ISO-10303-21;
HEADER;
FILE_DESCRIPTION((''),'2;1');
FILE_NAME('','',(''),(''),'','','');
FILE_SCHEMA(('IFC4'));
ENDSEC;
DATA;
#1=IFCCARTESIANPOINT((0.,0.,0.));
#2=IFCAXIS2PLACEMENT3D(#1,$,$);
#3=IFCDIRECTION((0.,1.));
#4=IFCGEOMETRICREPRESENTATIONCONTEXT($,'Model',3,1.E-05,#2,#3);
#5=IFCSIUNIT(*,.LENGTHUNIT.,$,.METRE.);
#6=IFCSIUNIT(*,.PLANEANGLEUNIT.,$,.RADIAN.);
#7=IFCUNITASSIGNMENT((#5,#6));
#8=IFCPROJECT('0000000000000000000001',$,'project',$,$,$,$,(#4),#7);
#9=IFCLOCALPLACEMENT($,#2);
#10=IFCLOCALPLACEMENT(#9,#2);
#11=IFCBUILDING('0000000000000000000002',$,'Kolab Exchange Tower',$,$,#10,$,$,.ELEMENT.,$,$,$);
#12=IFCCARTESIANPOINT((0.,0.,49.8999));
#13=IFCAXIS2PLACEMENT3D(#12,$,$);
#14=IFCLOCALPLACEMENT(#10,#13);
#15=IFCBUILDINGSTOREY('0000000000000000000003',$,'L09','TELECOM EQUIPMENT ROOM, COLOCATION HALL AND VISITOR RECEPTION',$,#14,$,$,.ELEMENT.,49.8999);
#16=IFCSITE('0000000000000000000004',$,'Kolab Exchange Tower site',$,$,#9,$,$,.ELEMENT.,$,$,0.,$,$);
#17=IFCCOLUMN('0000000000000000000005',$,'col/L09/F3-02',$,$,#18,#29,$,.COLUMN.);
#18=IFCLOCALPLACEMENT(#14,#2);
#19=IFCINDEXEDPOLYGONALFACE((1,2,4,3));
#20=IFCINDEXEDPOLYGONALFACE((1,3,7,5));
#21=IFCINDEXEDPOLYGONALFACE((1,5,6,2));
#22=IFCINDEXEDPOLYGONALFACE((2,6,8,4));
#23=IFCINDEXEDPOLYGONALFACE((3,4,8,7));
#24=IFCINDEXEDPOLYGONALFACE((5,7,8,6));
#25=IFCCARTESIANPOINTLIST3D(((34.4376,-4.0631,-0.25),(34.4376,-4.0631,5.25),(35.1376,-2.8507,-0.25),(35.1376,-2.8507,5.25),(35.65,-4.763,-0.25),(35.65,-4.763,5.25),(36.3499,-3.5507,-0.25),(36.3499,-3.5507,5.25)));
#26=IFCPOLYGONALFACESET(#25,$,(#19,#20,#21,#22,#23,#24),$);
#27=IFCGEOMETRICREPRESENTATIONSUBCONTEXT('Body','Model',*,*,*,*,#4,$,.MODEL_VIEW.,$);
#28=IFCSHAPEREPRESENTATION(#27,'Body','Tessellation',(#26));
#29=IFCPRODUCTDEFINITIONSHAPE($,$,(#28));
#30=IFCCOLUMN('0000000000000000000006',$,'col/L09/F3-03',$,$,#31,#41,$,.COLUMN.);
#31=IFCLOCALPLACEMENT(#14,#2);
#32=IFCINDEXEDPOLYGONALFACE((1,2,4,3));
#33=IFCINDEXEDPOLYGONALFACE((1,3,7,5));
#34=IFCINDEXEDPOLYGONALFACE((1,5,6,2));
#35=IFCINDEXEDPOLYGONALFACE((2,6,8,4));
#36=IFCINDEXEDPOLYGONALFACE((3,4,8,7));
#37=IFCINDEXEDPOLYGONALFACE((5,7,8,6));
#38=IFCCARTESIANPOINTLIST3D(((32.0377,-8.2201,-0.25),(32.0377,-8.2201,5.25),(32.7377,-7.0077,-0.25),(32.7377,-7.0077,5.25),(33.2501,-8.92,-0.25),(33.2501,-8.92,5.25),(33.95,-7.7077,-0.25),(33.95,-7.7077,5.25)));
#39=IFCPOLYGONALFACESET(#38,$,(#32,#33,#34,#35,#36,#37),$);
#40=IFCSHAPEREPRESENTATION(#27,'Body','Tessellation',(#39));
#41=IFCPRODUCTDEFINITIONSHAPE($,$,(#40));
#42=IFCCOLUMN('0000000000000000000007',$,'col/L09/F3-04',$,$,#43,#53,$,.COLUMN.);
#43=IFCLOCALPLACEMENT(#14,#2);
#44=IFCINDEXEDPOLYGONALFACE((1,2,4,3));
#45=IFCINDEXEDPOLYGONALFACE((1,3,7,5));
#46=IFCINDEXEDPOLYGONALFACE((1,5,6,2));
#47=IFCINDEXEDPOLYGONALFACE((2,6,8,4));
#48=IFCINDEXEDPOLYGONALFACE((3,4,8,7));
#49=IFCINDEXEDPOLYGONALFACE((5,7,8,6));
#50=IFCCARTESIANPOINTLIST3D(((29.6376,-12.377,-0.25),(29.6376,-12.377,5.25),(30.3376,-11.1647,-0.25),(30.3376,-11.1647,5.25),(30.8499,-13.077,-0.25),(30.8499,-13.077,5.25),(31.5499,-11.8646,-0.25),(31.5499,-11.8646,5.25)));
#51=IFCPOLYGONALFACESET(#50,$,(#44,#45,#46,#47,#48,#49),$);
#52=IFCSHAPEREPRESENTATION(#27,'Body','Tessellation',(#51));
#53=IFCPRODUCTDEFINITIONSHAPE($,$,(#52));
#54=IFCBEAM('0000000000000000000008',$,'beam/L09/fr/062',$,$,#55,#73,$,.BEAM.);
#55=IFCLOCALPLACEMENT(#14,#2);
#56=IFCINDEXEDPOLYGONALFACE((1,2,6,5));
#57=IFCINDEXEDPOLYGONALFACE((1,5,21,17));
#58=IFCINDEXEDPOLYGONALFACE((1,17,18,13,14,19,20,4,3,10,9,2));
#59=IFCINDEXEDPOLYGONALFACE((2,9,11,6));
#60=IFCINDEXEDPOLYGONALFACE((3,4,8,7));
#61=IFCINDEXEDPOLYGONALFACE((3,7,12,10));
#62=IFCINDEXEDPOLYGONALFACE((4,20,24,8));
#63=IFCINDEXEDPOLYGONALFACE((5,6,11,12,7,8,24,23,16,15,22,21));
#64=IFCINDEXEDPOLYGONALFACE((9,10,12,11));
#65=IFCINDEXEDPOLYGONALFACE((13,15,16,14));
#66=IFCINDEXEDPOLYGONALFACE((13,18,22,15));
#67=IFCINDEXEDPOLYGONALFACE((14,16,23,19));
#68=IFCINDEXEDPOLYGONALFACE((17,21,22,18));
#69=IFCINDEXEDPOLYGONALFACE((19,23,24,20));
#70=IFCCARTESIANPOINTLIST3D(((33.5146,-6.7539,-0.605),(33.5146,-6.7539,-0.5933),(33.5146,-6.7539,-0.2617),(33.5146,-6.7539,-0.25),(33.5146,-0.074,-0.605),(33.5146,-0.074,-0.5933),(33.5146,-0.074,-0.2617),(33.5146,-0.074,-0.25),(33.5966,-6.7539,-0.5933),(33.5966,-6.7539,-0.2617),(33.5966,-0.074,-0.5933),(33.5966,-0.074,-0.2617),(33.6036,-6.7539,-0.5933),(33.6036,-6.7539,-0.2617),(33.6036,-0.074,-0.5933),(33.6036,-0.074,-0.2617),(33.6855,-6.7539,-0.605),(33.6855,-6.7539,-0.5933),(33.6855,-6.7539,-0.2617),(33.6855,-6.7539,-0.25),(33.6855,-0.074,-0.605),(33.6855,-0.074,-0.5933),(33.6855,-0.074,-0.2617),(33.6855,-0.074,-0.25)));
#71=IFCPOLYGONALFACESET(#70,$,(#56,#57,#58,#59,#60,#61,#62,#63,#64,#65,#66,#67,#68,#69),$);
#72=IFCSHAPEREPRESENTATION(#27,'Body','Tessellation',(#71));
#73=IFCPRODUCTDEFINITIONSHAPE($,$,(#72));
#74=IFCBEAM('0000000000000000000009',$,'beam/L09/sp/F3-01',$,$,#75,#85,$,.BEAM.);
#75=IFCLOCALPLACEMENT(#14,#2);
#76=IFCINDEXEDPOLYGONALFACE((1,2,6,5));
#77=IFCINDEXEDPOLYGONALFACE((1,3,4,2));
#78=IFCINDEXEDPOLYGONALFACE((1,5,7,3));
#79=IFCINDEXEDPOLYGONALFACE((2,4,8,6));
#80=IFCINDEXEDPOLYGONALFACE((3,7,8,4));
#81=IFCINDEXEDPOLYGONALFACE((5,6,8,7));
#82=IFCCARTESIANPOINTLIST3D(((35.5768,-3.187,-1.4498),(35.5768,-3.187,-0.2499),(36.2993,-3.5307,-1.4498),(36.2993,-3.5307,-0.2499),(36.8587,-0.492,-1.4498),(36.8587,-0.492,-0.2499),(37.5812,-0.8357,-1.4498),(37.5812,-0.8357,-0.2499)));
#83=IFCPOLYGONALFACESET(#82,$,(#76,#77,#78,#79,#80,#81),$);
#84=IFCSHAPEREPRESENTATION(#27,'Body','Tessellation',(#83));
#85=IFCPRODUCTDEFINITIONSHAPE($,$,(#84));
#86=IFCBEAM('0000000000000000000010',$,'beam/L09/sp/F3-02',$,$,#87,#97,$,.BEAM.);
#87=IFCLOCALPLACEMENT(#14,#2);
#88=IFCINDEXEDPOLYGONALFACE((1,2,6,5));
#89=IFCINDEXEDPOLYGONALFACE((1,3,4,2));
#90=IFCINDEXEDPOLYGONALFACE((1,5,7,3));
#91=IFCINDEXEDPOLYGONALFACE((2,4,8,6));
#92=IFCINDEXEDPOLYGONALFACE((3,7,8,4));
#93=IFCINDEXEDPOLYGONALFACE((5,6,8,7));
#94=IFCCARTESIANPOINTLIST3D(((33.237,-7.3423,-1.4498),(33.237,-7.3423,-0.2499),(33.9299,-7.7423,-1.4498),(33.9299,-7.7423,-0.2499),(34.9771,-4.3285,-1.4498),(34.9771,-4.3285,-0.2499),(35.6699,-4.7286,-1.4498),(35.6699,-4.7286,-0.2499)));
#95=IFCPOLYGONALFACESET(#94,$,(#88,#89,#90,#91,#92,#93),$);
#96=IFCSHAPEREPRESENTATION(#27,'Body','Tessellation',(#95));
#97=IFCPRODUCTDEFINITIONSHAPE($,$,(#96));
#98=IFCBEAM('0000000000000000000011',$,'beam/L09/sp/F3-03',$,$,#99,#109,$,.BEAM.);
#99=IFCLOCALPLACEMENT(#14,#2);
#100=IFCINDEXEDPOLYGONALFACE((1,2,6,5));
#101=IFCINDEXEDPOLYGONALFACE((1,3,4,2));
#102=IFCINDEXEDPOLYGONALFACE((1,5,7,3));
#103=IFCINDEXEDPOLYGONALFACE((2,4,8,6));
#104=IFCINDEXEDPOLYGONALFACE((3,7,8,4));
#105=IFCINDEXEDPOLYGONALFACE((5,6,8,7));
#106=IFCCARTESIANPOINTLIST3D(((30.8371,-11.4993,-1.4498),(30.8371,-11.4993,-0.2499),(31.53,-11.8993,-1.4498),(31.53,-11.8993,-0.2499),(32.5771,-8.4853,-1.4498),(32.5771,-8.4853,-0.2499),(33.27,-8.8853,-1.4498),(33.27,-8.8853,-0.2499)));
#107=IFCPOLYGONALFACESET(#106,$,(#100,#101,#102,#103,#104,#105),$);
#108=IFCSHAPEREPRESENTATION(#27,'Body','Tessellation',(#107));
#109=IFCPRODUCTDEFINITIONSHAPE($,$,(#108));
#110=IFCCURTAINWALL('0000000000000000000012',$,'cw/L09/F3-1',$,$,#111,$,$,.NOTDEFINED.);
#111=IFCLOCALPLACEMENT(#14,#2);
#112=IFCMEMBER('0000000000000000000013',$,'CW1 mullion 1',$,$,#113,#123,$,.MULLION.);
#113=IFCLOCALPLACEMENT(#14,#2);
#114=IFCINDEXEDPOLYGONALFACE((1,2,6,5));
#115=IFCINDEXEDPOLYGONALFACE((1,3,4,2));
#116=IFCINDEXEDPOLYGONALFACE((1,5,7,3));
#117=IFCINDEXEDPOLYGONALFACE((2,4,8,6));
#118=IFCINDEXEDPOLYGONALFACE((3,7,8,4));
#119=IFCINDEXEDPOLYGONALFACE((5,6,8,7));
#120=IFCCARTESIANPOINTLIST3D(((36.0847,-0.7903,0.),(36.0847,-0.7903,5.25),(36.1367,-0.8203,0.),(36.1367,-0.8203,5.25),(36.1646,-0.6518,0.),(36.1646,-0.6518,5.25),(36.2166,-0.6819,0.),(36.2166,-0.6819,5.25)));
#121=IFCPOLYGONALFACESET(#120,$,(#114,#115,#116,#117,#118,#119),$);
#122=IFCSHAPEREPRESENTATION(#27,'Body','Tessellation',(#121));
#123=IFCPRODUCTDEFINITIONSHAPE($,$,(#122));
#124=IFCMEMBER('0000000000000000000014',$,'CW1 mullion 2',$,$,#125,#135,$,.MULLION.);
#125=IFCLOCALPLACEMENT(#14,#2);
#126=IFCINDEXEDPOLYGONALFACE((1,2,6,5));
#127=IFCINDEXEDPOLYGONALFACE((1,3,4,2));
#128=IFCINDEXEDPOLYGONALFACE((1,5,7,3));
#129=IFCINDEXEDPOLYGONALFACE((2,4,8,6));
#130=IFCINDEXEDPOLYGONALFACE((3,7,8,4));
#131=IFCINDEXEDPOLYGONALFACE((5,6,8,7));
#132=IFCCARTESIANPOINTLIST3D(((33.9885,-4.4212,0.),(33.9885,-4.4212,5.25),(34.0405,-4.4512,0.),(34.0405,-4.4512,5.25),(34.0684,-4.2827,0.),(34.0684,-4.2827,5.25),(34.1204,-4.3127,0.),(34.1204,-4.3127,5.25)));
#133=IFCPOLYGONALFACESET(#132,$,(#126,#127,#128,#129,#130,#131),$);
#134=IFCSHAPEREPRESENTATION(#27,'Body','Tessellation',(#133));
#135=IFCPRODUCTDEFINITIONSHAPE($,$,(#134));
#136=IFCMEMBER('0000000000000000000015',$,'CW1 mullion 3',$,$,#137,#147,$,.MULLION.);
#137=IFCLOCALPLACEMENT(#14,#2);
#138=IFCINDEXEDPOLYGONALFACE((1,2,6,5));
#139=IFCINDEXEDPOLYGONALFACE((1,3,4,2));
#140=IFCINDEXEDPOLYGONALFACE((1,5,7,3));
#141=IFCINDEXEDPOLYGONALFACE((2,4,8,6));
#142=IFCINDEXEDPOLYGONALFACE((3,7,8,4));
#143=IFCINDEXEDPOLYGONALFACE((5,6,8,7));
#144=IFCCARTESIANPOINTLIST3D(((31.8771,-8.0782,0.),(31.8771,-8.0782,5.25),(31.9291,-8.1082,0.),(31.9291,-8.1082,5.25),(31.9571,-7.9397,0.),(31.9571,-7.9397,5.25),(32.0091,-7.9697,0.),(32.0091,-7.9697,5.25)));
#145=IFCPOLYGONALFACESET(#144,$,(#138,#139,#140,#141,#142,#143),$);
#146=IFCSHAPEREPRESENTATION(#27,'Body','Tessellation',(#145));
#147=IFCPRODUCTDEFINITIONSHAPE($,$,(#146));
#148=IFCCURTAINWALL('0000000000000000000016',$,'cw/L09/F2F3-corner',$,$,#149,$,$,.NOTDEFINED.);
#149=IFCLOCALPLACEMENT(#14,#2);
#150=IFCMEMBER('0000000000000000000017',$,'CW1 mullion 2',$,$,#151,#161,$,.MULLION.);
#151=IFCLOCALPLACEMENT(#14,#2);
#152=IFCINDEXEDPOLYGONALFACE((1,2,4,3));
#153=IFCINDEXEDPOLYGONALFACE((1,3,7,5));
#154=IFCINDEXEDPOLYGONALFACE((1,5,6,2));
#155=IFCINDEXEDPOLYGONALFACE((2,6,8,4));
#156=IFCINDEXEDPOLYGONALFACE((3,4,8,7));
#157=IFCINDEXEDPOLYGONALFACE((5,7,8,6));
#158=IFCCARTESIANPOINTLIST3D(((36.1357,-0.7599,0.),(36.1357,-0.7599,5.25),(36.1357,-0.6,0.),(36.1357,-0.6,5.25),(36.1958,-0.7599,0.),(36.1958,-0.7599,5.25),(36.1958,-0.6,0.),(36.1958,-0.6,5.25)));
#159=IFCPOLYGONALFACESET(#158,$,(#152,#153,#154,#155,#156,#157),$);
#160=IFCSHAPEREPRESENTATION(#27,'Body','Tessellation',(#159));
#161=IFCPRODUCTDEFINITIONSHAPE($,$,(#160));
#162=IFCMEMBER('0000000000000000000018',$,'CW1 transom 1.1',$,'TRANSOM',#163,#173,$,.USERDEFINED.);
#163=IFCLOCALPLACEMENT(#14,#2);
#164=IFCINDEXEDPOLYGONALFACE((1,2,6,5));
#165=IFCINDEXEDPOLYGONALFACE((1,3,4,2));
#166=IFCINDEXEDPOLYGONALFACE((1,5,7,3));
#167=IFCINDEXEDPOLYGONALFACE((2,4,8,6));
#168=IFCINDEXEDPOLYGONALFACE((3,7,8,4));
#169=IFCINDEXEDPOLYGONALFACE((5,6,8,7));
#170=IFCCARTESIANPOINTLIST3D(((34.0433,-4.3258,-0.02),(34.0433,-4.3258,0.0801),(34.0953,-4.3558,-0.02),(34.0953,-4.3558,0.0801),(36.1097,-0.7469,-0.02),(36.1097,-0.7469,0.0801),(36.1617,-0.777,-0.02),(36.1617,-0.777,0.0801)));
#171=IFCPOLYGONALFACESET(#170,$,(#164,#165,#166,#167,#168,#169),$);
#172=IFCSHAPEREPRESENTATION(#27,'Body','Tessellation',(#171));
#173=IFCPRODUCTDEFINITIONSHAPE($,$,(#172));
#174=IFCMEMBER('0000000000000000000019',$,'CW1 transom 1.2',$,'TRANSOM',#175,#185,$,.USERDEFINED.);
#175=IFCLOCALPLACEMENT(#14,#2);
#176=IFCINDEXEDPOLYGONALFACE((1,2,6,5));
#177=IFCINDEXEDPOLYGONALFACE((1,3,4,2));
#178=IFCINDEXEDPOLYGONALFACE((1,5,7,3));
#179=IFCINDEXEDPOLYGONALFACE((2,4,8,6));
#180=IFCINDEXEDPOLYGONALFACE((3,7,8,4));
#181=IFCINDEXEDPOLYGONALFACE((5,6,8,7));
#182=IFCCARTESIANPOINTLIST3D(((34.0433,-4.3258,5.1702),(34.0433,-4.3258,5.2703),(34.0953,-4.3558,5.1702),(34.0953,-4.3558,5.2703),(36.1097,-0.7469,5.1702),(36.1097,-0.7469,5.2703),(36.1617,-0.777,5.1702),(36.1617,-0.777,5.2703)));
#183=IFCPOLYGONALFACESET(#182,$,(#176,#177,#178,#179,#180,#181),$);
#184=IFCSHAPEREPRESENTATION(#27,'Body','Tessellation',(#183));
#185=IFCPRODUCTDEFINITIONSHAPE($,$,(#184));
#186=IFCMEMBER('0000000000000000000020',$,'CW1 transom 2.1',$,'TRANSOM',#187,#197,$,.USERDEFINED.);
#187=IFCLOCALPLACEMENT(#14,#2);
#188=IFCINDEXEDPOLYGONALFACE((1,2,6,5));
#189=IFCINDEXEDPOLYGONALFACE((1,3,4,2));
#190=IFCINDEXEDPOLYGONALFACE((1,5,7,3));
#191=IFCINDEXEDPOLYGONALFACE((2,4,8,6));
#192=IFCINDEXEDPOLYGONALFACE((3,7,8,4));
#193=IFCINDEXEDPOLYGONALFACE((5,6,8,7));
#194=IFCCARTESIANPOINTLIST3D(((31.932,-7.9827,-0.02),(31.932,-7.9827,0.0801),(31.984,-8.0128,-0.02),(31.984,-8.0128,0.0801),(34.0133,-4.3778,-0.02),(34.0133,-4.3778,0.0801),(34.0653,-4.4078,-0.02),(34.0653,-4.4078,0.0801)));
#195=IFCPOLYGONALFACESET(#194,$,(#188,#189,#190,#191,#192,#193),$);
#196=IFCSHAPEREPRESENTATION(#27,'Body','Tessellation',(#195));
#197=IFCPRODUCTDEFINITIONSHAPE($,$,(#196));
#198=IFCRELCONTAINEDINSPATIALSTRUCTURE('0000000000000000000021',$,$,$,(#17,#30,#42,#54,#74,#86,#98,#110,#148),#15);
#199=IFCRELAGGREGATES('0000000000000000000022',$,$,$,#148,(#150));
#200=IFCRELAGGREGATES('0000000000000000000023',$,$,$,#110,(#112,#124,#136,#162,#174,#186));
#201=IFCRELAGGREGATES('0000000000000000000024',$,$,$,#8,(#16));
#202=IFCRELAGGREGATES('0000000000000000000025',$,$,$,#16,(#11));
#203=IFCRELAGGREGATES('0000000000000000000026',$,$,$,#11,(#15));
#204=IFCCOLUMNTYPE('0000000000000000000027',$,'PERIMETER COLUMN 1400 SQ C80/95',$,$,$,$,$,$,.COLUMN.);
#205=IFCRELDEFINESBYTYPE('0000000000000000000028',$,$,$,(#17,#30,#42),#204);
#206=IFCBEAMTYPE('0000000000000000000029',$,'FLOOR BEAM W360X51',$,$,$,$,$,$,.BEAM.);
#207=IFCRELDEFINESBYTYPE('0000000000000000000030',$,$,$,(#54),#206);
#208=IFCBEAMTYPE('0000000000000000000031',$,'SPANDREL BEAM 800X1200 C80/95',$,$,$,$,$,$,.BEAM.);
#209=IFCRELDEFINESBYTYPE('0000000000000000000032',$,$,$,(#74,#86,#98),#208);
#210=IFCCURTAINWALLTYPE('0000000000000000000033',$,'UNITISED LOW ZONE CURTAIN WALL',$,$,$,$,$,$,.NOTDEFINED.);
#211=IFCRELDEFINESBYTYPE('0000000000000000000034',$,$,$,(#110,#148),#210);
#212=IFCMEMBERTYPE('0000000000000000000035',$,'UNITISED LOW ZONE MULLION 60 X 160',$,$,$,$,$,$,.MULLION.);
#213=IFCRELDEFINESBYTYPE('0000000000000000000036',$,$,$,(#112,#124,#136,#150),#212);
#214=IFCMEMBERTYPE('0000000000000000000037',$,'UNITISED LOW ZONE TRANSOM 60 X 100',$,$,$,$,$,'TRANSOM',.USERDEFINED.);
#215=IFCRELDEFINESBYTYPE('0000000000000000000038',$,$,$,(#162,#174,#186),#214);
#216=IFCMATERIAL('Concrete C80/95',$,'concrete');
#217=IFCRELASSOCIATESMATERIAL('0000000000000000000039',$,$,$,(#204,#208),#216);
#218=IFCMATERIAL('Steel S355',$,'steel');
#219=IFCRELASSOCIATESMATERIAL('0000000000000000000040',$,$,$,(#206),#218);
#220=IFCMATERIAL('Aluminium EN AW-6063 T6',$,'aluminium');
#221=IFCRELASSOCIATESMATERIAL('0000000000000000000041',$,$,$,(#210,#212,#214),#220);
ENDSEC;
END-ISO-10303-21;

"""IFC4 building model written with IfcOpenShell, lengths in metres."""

from ifc_helpers import new_model, si_unit, direction, frame, origin, origin_2d, place, context, subcontext, project, spatial, rectangle, i_section, extrude, material, material_profile, profile_set, type_object, element, aggregate, save


model = new_model("IFC4")

# Units and contexts
model_context = context("Model", 3, precision=1e-05, world=origin(), true_north=direction((0.0, 1.0)))
body_context = subcontext(model_context, "Body", "Model", "MODEL_VIEW")
ifc_project = project(units=[si_unit("LENGTHUNIT", "METRE"), si_unit("PLANEANGLEUNIT", "RADIAN")], contexts=[model_context])

# Site, building, storey
site_placement = place(None, origin())
site = spatial("IfcSite", under=ifc_project, at=site_placement, Name="Kolab Exchange Tower site", CompositionType="ELEMENT", RefElevation=0.0)
building_placement = place(site_placement, origin())
building = spatial("IfcBuilding", under=site, at=building_placement, Name="Kolab Exchange Tower", CompositionType="ELEMENT")
storey_placement = place(building_placement, frame((0.0, 0.0, 49.8999)))
storey = spatial("IfcBuildingStorey", under=building, at=storey_placement, Name="L09", Description="TELECOM EQUIPMENT ROOM, COLOCATION HALL AND VISITOR RECEPTION", CompositionType="ELEMENT", Elevation=49.8999)

# Columns
ifc_material_1 = material(Name="Concrete C80/95", Category="concrete")
ifc_material_profile_1 = material_profile(ifc_material_1, rectangle(XDim=1.3999, YDim=1.3999, at=origin_2d()), Name="RC1400")
ifc_profile_set_1 = profile_set([ifc_material_profile_1], Name="Concrete C80/95")
column_type = type_object("IfcColumnType", Name="PERIMETER COLUMN 1400 SQ C80/95", PredefinedType="COLUMN", material=ifc_profile_set_1)
for number, where, z_axis, x_axis, name in (
    (1, (35.3938, -3.8069, -0.25), (0.0, 0.0, 1.0), (0.5, 0.866025, 0.0), "col/L09/F3-02"),
    (2, (32.9939, -7.9639, -0.25), (0.0, 0.0, 1.0), (0.5, 0.866025, 0.0), "col/L09/F3-03"),
    (3, (30.5938, -12.1208, -0.25), (0.0, 0.0, 1.0), (0.5, 0.866025, 0.0), "col/L09/F3-04"),
):
    element("IfcColumn", number, at=place(storey_placement, frame(where, z_axis=z_axis, x_axis=x_axis)), inside=storey, type_object=column_type, Name=name, PredefinedType="COLUMN", context=body_context, shape_type="SweptSolid", body=[
        extrude(rectangle(XDim=1.3999, YDim=1.3999, at=origin_2d()), origin(), (0.0, 0.0, 1.0), 5.5),
    ])

# Beams
ifc_material_2 = material(Name="Steel S355", Category="steel")
ifc_material_profile_2 = material_profile(ifc_material_2, i_section(OverallWidth=0.1709, OverallDepth=0.355, WebThickness=0.0071, FlangeThickness=0.0117, at=origin_2d()), Name="W360X51")
ifc_profile_set_2 = profile_set([ifc_material_profile_2], Name="Steel S355")
beam_type_1 = type_object("IfcBeamType", Name="FLOOR BEAM W360X51", PredefinedType="BEAM", material=ifc_profile_set_2)
beam_1_placement = place(storey_placement, frame((33.6001, -6.7539, -0.4275), z_axis=(0.0, 1.0, 0.0), x_axis=(-1.0, 0.0, 0.0)))
element("IfcBeam", 4, at=beam_1_placement, inside=storey, type_object=beam_type_1, Name="beam/L09/fr/062", PredefinedType="BEAM", context=body_context, shape_type="SweptSolid", body=[
    extrude(i_section(OverallWidth=0.1709, OverallDepth=0.355, WebThickness=0.0071, FlangeThickness=0.0117, at=origin_2d()), origin(), (0.0, 0.0, 1.0), 6.6799),
])
ifc_material_profile_3 = material_profile(ifc_material_1, rectangle(XDim=0.8, YDim=1.2, at=origin_2d()), Name="RC800X1200")
ifc_profile_set_3 = profile_set([ifc_material_profile_3], Name="Concrete C80/95")
beam_type_2 = type_object("IfcBeamType", Name="SPANDREL BEAM 800X1200 C80/95", PredefinedType="BEAM", material=ifc_profile_set_3)
beam_2_placement = place(storey_placement, frame((37.22, -0.6638, -0.8499), z_axis=(-0.429556, -0.90304, 0.0), x_axis=(0.90304, -0.429556, 0.0)))
element("IfcBeam", 5, at=beam_2_placement, inside=storey, type_object=beam_type_2, Name="beam/L09/sp/F3-01", PredefinedType="BEAM", context=body_context, shape_type="SweptSolid", body=[
    extrude(rectangle(XDim=0.8, YDim=1.2, at=origin_2d()), origin(), (0.0, 0.0, 1.0), 2.9844),
])
beam_3_placement = place(storey_placement, frame((35.3235, -4.5286, -0.8499), z_axis=(-0.50001, -0.86602, 0.0), x_axis=(0.86602, -0.50001, 0.0)))
element("IfcBeam", 6, at=beam_3_placement, inside=storey, type_object=beam_type_2, Name="beam/L09/sp/F3-02", PredefinedType="BEAM", context=body_context, shape_type="SweptSolid", body=[
    extrude(rectangle(XDim=0.8, YDim=1.2, at=origin_2d()), origin(), (0.0, 0.0, 1.0), 3.48),
])
beam_4_placement = place(storey_placement, frame((32.9236, -8.6853, -0.8499), z_axis=(-0.49998, -0.866037, 0.0), x_axis=(0.866037, -0.49998, 0.0)))
element("IfcBeam", 7, at=beam_4_placement, inside=storey, type_object=beam_type_2, Name="beam/L09/sp/F3-03", PredefinedType="BEAM", context=body_context, shape_type="SweptSolid", body=[
    extrude(rectangle(XDim=0.8, YDim=1.2, at=origin_2d()), origin(), (0.0, 0.0, 1.0), 3.4802),
])

# Curtain wall, members
ifc_material_3 = material(Name="Aluminium EN AW-6063 T6", Category="aluminium")
curtain_wall_type = type_object("IfcCurtainWallType", Name="UNITISED LOW ZONE CURTAIN WALL", PredefinedType="NOTDEFINED", material=ifc_material_3)
curtain_wall_1_placement = place(storey_placement, origin())
curtain_wall_1 = element("IfcCurtainWall", 8, at=curtain_wall_1_placement, inside=storey, type_object=curtain_wall_type, Name="cw/L09/F3-1", PredefinedType="NOTDEFINED")
ifc_material_profile_4 = material_profile(ifc_material_3, rectangle(XDim=0.0601, YDim=0.1599, at=origin_2d()), Name="RECT 60X160")
ifc_profile_set_4 = profile_set([ifc_material_profile_4], Name="Aluminium EN AW-6063 T6")
member_type_1 = type_object("IfcMemberType", Name="UNITISED LOW ZONE MULLION 60 X 160", PredefinedType="MULLION", material=ifc_profile_set_4)
member_1_placement = place(storey_placement, frame((36.1506, -0.7361, 0.0), z_axis=(0.0, 0.0, 1.0), x_axis=(0.866025, -0.5, 0.0)))
member_1 = element("IfcMember", 9, at=member_1_placement, type_object=member_type_1, Name="CW1 mullion 1", PredefinedType="MULLION", context=body_context, shape_type="SweptSolid", body=[
    extrude(rectangle(XDim=0.0601, YDim=0.1599, at=origin_2d()), origin(), (0.0, 0.0, 1.0), 5.25),
])
member_2_placement = place(storey_placement, frame((34.0544, -4.3669, 0.0), z_axis=(0.0, 0.0, 1.0), x_axis=(0.866025, -0.5, 0.0)))
member_2 = element("IfcMember", 10, at=member_2_placement, type_object=member_type_1, Name="CW1 mullion 2", PredefinedType="MULLION", context=body_context, shape_type="SweptSolid", body=[
    extrude(rectangle(XDim=0.0601, YDim=0.1599, at=origin_2d()), origin(), (0.0, 0.0, 1.0), 5.25),
])
member_3_placement = place(storey_placement, frame((31.9431, -8.0239, 0.0), z_axis=(0.0, 0.0, 1.0), x_axis=(0.866025, -0.5, 0.0)))
member_3 = element("IfcMember", 11, at=member_3_placement, type_object=member_type_1, Name="CW1 mullion 3", PredefinedType="MULLION", context=body_context, shape_type="SweptSolid", body=[
    extrude(rectangle(XDim=0.0601, YDim=0.1599, at=origin_2d()), origin(), (0.0, 0.0, 1.0), 5.25),
])

# Curtain wall, member
curtain_wall_2_placement = place(storey_placement, origin())
curtain_wall_2 = element("IfcCurtainWall", 12, at=curtain_wall_2_placement, inside=storey, type_object=curtain_wall_type, Name="cw/L09/F2F3-corner", PredefinedType="NOTDEFINED")
member_4_placement = place(storey_placement, frame((36.1658, -0.6799, 0.0), z_axis=(0.0, 0.0, 1.0), x_axis=(1.0, 0.0, 0.0)))
member_4 = element("IfcMember", 13, at=member_4_placement, type_object=member_type_1, Name="CW1 mullion 2", PredefinedType="MULLION", context=body_context, shape_type="SweptSolid", body=[
    extrude(rectangle(XDim=0.0601, YDim=0.1599, at=origin_2d()), origin(), (0.0, 0.0, 1.0), 5.25),
])
aggregate(curtain_wall_2, [member_4])

# Members
ifc_material_profile_5 = material_profile(ifc_material_3, rectangle(XDim=0.0601, YDim=0.1001, at=origin_2d()), Name="RECT 60X100")
ifc_profile_set_5 = profile_set([ifc_material_profile_5], Name="Aluminium EN AW-6063 T6")
member_type_2 = type_object("IfcMemberType", Name="UNITISED LOW ZONE TRANSOM 60 X 100", ElementType="TRANSOM", PredefinedType="USERDEFINED", material=ifc_profile_set_5)
member_5_placement = place(storey_placement, frame((36.1357, -0.762, 0.03), z_axis=(-0.500028, -0.866009, 0.0), x_axis=(0.866009, -0.500028, 0.0)))
member_5 = element("IfcMember", 14, at=member_5_placement, type_object=member_type_2, Name="CW1 transom 1.1", ObjectType="TRANSOM", PredefinedType="USERDEFINED", context=body_context, shape_type="SweptSolid", body=[
    extrude(rectangle(XDim=0.0601, YDim=0.1001, at=origin_2d()), origin(), (0.0, 0.0, 1.0), 4.1326),
])
member_6_placement = place(storey_placement, frame((36.1357, -0.762, 5.2202), z_axis=(-0.500028, -0.866009, 0.0), x_axis=(0.866009, -0.500028, 0.0)))
member_6 = element("IfcMember", 15, at=member_6_placement, type_object=member_type_2, Name="CW1 transom 1.2", ObjectType="TRANSOM", PredefinedType="USERDEFINED", context=body_context, shape_type="SweptSolid", body=[
    extrude(rectangle(XDim=0.0601, YDim=0.1001, at=origin_2d()), origin(), (0.0, 0.0, 1.0), 4.1326),
])
member_7_placement = place(storey_placement, frame((34.0393, -4.3928, 0.03), z_axis=(-0.499993, -0.866029, 0.0), x_axis=(0.866029, -0.499993, 0.0)))
member_7 = element("IfcMember", 16, at=member_7_placement, type_object=member_type_2, Name="CW1 transom 2.1", ObjectType="TRANSOM", PredefinedType="USERDEFINED", context=body_context, shape_type="SweptSolid", body=[
    extrude(rectangle(XDim=0.0601, YDim=0.1001, at=origin_2d()), origin(), (0.0, 0.0, 1.0), 4.1626),
])

aggregate(curtain_wall_1, [member_1, member_2, member_3, member_5, member_6, member_7])

save(model, "model.ifc")
